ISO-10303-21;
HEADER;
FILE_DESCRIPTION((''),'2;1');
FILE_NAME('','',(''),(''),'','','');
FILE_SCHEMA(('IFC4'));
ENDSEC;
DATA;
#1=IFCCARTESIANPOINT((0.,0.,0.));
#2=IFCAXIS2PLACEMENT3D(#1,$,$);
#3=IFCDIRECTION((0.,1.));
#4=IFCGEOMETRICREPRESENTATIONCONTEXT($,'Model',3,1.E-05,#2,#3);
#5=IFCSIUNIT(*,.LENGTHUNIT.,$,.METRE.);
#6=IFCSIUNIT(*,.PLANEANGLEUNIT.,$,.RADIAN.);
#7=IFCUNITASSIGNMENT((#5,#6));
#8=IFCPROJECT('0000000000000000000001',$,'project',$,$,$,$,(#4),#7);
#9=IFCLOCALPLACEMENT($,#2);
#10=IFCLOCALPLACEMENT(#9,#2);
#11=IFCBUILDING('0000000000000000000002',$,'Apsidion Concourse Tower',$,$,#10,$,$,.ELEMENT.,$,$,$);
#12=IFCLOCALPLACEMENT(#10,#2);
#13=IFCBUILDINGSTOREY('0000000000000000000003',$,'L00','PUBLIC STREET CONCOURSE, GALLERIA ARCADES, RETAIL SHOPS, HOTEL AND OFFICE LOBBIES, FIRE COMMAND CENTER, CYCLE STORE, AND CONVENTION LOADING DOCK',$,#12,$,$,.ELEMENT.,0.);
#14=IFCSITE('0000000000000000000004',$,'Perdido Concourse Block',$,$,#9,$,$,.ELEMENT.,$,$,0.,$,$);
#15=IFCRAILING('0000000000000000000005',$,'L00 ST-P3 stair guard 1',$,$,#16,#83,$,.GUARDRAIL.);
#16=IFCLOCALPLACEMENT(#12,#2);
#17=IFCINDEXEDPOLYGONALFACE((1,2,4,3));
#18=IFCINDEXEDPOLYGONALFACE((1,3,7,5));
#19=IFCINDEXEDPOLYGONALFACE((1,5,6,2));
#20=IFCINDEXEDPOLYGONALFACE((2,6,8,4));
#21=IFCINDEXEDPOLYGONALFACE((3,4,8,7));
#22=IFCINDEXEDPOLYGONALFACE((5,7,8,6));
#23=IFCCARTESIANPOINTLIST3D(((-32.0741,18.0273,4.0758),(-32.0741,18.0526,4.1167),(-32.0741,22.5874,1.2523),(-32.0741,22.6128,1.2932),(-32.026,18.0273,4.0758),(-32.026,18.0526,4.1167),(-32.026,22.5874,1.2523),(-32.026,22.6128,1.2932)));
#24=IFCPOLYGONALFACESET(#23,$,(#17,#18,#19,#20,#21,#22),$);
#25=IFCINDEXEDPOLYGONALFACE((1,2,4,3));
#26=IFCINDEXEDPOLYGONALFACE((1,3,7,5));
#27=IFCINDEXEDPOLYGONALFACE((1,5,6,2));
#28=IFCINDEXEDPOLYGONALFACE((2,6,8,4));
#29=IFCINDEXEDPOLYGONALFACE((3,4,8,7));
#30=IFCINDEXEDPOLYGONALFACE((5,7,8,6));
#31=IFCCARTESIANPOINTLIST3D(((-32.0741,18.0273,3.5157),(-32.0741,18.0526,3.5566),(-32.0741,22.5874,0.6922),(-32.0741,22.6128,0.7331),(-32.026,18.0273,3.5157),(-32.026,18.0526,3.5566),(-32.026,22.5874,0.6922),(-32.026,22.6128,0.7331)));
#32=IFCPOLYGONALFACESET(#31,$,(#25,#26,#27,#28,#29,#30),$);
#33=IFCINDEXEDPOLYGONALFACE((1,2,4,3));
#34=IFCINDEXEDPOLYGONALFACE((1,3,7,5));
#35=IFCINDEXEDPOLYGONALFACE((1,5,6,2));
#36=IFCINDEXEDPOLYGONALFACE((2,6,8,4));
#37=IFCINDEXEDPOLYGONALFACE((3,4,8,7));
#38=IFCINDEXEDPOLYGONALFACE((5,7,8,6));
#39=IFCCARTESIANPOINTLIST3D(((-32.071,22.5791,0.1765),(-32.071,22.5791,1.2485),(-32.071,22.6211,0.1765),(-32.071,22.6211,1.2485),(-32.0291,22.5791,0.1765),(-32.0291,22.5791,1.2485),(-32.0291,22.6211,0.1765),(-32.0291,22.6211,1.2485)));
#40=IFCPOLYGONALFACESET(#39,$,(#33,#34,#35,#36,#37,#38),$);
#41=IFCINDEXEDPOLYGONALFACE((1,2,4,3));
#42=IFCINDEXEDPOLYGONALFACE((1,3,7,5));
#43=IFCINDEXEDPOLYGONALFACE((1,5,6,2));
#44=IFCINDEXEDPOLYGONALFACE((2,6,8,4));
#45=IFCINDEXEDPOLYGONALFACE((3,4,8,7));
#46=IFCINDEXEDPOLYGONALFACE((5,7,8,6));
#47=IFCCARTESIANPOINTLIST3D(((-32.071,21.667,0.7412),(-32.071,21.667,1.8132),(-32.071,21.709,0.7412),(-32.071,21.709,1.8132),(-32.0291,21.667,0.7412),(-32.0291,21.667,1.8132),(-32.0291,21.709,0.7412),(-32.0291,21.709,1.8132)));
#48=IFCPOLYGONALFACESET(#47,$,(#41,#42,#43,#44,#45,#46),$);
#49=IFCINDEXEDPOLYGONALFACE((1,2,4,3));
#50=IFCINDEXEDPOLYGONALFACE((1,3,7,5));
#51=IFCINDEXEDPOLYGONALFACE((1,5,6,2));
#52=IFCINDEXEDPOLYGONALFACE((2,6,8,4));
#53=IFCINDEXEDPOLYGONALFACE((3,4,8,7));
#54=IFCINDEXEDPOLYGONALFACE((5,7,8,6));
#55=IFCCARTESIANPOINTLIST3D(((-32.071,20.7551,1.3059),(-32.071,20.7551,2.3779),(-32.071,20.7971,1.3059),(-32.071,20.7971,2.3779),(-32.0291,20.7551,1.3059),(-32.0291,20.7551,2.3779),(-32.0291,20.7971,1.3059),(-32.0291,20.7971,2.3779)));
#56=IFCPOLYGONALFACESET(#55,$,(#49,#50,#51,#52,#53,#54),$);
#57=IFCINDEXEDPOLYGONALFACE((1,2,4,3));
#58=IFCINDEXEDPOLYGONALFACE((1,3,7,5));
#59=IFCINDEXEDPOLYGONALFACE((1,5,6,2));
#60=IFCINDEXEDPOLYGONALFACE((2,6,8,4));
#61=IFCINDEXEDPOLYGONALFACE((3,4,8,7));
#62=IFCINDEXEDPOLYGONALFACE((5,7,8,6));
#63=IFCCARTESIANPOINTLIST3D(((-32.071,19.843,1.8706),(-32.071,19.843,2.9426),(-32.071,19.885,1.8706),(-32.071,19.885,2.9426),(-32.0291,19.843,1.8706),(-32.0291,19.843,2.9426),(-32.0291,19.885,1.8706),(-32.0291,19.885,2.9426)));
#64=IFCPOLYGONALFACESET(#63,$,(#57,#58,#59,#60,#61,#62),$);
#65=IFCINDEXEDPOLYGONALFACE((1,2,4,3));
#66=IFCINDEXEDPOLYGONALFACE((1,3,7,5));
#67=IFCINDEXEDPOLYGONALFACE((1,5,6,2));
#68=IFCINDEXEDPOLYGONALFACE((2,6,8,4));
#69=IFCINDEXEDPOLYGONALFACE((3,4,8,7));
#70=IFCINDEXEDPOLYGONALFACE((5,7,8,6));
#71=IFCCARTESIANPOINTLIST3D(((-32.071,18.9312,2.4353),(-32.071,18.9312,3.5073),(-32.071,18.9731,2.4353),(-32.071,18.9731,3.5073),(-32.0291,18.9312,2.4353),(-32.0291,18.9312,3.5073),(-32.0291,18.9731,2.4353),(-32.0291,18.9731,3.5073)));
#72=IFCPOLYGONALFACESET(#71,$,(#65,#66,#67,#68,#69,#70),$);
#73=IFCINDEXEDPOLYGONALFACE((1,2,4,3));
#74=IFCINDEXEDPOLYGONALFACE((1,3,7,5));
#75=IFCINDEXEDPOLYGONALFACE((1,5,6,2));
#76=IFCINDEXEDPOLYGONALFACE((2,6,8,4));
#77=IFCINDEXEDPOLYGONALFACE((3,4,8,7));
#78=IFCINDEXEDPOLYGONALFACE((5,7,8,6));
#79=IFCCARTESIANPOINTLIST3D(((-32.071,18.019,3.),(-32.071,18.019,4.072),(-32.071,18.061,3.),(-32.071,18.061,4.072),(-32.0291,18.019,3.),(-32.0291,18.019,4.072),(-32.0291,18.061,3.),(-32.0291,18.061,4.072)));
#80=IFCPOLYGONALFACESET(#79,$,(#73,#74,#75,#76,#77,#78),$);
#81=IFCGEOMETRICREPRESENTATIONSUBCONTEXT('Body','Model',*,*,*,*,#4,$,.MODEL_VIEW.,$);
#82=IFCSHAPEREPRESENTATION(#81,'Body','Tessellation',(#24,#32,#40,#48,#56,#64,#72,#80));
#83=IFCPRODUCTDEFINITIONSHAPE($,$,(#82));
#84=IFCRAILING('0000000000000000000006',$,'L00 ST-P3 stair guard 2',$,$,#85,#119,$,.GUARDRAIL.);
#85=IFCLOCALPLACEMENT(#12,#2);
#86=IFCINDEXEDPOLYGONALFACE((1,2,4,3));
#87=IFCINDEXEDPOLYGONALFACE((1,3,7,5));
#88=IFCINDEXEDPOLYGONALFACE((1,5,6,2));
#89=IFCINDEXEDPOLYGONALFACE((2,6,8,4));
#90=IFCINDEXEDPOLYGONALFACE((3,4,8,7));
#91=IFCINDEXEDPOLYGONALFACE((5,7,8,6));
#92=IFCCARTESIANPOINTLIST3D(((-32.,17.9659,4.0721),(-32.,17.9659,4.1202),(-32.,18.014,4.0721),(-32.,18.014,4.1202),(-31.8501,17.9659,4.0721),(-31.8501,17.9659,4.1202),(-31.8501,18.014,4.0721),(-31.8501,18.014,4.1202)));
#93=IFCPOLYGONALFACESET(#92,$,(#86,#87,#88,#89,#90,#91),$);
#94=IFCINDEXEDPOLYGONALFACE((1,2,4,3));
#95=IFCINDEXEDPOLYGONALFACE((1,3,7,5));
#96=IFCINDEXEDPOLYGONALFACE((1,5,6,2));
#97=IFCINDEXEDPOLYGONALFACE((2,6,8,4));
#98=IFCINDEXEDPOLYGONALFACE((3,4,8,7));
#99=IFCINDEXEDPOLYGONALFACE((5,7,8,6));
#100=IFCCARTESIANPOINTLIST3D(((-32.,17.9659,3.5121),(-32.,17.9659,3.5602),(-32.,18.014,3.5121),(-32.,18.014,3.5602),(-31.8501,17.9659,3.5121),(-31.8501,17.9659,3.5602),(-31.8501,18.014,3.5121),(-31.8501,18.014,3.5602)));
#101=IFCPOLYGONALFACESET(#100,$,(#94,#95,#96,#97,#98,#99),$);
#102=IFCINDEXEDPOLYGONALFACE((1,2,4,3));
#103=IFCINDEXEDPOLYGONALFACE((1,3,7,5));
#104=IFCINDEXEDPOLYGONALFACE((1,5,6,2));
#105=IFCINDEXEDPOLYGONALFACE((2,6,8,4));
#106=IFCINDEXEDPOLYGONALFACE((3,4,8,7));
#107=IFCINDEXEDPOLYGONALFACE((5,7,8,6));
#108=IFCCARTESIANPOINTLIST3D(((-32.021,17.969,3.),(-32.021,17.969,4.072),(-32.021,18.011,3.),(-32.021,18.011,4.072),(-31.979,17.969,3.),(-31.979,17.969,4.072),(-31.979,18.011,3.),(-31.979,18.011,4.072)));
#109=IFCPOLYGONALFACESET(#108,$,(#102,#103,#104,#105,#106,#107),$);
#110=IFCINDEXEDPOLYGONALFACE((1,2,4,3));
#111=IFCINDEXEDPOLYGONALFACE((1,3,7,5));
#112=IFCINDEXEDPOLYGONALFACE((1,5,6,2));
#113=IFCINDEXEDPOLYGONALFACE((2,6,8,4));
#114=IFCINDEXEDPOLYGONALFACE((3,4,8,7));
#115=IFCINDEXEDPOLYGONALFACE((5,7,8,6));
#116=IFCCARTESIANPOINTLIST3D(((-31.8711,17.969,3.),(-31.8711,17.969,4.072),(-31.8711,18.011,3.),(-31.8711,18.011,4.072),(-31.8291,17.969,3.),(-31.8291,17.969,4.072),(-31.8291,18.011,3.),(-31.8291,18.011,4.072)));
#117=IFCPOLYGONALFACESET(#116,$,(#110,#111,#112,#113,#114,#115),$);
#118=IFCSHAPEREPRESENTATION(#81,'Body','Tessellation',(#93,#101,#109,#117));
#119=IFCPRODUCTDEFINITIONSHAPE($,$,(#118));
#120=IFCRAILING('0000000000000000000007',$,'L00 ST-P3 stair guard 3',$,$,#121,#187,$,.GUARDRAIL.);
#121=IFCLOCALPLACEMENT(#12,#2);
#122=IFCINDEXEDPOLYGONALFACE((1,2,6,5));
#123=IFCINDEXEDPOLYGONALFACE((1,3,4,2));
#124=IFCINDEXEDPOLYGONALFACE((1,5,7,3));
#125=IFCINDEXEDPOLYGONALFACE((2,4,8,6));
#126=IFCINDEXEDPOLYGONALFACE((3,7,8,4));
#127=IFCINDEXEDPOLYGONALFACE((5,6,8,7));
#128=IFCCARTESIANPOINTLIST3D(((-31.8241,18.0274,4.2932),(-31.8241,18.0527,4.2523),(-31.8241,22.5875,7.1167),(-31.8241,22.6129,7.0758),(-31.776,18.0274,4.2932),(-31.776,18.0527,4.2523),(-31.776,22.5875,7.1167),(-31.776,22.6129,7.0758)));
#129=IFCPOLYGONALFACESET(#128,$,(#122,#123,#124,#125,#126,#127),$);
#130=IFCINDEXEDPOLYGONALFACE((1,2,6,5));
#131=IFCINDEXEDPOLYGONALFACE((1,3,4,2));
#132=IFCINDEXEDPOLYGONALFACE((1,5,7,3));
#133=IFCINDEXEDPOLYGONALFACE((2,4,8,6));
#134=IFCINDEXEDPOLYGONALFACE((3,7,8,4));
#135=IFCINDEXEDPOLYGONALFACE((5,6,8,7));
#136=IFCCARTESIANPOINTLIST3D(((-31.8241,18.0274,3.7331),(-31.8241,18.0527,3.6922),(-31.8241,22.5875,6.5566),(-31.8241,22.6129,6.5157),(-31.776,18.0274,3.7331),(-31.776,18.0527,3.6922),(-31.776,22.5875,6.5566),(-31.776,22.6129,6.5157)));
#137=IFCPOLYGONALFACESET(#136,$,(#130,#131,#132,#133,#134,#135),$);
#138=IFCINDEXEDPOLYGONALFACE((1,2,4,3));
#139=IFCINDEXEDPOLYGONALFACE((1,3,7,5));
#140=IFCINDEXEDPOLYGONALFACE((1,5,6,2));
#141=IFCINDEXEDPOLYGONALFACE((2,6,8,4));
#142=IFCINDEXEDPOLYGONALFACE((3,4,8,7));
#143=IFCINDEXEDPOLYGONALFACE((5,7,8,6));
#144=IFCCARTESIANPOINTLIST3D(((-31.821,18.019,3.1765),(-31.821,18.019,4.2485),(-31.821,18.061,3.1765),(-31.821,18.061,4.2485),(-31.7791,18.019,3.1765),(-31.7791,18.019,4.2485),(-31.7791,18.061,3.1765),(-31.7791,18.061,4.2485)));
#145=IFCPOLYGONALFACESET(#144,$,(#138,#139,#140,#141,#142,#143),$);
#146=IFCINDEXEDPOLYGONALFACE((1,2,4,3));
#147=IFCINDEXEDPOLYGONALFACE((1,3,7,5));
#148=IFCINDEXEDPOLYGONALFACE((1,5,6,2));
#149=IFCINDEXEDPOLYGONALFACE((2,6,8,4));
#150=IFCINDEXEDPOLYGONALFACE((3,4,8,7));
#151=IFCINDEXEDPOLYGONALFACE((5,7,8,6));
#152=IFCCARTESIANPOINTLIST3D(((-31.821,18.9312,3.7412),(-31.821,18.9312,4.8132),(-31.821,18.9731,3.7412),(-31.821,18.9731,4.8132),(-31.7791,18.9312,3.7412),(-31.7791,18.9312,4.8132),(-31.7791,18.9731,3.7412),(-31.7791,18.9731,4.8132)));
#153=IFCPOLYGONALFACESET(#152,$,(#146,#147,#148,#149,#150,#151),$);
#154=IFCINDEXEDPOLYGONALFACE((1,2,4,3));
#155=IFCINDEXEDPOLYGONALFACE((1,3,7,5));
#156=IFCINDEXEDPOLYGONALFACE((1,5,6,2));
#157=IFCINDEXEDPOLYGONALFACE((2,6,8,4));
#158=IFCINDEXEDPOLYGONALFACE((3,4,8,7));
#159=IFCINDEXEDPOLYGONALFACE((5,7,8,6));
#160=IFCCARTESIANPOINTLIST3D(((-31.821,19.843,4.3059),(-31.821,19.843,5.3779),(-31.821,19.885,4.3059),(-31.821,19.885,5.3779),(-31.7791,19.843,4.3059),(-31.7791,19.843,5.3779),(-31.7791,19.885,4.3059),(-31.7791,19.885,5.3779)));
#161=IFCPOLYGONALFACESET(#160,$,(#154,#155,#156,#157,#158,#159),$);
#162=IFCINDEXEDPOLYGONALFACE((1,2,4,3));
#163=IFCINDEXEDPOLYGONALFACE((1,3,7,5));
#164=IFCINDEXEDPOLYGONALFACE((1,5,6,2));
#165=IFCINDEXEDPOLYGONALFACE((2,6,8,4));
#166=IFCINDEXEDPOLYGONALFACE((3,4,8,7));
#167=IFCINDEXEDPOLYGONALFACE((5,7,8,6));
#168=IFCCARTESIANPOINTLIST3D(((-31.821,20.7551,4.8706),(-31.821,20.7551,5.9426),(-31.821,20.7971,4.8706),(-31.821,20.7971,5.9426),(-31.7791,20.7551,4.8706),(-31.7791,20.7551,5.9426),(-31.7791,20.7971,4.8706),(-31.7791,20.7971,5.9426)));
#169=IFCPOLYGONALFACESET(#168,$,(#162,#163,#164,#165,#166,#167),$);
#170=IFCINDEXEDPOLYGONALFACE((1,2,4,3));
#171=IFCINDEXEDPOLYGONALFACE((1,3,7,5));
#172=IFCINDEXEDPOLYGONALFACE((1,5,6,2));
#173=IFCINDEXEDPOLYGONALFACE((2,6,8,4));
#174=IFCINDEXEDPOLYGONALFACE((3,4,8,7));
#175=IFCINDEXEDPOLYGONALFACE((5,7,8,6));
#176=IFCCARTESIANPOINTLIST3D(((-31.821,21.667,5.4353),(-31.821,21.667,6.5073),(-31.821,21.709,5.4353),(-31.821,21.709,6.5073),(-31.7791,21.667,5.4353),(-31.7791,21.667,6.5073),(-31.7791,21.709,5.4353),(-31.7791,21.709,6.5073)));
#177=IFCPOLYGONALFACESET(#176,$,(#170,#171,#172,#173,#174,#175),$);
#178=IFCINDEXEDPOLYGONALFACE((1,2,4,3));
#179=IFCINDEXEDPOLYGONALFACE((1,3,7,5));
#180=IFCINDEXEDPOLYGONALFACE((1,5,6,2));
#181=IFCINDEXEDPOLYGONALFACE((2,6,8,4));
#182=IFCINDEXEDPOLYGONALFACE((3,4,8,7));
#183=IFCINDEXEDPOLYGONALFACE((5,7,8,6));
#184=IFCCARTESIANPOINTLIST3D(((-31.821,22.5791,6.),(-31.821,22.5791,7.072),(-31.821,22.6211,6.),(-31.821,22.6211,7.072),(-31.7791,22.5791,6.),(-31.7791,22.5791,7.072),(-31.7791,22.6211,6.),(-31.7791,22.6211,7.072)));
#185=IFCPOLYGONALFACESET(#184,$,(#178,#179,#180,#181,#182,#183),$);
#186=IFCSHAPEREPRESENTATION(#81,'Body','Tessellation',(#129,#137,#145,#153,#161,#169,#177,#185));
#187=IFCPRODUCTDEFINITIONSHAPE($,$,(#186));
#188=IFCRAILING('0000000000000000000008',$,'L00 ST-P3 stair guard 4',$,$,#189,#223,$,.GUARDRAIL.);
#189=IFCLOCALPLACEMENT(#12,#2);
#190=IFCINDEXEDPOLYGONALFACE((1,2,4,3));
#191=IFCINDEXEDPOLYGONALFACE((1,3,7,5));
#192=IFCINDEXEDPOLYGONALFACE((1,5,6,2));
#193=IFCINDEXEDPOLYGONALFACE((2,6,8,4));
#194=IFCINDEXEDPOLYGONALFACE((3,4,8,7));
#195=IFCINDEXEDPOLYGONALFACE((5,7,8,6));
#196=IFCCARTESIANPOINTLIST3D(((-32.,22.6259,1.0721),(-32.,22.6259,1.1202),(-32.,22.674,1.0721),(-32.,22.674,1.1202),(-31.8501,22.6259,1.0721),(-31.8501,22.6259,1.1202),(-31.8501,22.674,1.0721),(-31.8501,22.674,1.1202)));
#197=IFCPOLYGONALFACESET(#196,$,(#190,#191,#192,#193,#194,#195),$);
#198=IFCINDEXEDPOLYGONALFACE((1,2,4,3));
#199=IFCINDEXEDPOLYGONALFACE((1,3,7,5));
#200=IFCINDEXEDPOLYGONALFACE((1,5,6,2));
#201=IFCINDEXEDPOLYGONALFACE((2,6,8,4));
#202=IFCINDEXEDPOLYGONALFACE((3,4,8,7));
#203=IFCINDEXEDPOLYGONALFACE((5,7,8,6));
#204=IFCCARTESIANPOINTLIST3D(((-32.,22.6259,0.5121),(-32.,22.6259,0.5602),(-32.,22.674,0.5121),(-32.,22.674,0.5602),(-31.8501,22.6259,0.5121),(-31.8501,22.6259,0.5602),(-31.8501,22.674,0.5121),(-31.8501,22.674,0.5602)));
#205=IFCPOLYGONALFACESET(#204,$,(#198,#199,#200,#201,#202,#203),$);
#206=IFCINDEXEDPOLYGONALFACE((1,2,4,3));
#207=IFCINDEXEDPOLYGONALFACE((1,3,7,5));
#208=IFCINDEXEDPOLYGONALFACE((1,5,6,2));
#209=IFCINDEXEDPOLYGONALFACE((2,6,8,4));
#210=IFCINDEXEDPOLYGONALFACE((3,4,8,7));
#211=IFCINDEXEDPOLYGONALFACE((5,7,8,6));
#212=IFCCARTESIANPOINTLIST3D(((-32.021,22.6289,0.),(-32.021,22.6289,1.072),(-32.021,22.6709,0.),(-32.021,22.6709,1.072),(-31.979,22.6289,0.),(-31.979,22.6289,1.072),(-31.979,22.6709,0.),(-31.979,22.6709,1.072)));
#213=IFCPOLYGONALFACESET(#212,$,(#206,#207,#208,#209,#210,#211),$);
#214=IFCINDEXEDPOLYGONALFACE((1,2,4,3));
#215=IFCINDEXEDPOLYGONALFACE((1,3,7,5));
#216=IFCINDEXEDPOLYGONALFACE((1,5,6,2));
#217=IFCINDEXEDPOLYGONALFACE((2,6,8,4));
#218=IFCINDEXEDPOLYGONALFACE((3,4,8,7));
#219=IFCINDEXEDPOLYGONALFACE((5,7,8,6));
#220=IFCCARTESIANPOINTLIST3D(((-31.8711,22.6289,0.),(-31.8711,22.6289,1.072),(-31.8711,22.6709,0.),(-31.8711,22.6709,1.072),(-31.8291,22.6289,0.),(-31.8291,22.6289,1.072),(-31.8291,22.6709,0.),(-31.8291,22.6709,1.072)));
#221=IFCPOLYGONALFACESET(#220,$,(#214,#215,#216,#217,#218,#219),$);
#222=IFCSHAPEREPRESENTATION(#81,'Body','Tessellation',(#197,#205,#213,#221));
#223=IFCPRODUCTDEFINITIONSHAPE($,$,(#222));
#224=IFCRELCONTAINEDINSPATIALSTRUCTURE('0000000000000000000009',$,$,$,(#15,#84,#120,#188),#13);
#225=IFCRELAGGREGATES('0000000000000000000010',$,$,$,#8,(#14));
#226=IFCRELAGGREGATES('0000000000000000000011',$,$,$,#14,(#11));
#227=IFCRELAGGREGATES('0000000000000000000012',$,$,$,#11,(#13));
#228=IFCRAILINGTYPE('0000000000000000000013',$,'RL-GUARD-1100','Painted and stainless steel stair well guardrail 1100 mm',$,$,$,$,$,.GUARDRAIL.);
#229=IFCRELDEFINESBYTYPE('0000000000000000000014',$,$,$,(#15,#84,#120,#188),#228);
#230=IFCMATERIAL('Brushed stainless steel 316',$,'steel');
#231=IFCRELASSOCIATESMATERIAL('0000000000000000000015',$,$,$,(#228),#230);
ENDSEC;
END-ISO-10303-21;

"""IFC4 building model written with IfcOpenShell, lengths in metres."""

from ifc_helpers import new_model, si_unit, direction, frame, origin, origin_2d, place, context, subcontext, project, spatial, rectangle, extrude, material, type_object, element, save


model = new_model("IFC4")

# Units and contexts
model_context = context("Model", 3, precision=1e-05, world=origin(), true_north=direction((0.0, 1.0)))
body_context = subcontext(model_context, "Body", "Model", "MODEL_VIEW")
ifc_project = project(units=[si_unit("LENGTHUNIT", "METRE"), si_unit("PLANEANGLEUNIT", "RADIAN")], contexts=[model_context])

# Site, building, storey
site_placement = place(None, origin())
site = spatial("IfcSite", under=ifc_project, at=site_placement, Name="Perdido Concourse Block", CompositionType="ELEMENT", RefElevation=0.0)
building_placement = place(site_placement, origin())
building = spatial("IfcBuilding", under=site, at=building_placement, Name="Apsidion Concourse Tower", CompositionType="ELEMENT")
storey_placement = place(building_placement, origin())
storey = spatial("IfcBuildingStorey", under=building, at=storey_placement, Name="L00", Description="PUBLIC STREET CONCOURSE, GALLERIA ARCADES, RETAIL SHOPS, HOTEL AND OFFICE LOBBIES, FIRE COMMAND CENTER, CYCLE STORE, AND CONVENTION LOADING DOCK", CompositionType="ELEMENT", Elevation=0.0)

# Shared definitions
ifc_material_1 = material(Name="Brushed stainless steel 316", Category="steel")

# Railings
railing_type_1 = type_object("IfcRailingType", Name="RL-GUARD-1100", Description="Painted and stainless steel stair well guardrail 1100 mm", PredefinedType="GUARDRAIL", material=ifc_material_1)
railing_1_placement = place(storey_placement, frame((-32.05, 22.6001, 0.1765)))
element("IfcRailing", 1, at=railing_1_placement, inside=storey, type_object=railing_type_1, Name="L00 ST-P3 stair guard 1", PredefinedType="GUARDRAIL", context=body_context, shape_type="SweptSolid", body=[
    extrude(rectangle(XDim=0.0481, YDim=0.0481, at=origin_2d()), frame((0.0, 0.0, 1.0962), z_axis=(0.0, -0.850216, 0.526435), x_axis=(1.0, 0.0, 0.0)), (0.0, 0.0, 1.0), 5.3635),
    extrude(rectangle(XDim=0.0481, YDim=0.0481, at=origin_2d()), frame((0.0, 0.0, 0.5361), z_axis=(0.0, -0.850216, 0.526435), x_axis=(1.0, 0.0, 0.0)), (0.0, 0.0, 1.0), 5.3635),
    extrude(rectangle(XDim=0.042, YDim=0.042, at=origin_2d()), origin(), (0.0, 0.0, 1.0), 1.072),
    extrude(rectangle(XDim=0.042, YDim=0.042, at=origin_2d()), frame((0.0, -0.9121, 0.5647)), (0.0, 0.0, 1.0), 1.072),
    extrude(rectangle(XDim=0.042, YDim=0.042, at=origin_2d()), frame((0.0, -1.824, 1.1294)), (0.0, 0.0, 1.0), 1.072),
    extrude(rectangle(XDim=0.042, YDim=0.042, at=origin_2d()), frame((0.0, -2.7361, 1.6941)), (0.0, 0.0, 1.0), 1.072),
    extrude(rectangle(XDim=0.042, YDim=0.042, at=origin_2d()), frame((0.0, -3.6479, 2.2588)), (0.0, 0.0, 1.0), 1.072),
    extrude(rectangle(XDim=0.042, YDim=0.042, at=origin_2d()), frame((0.0, -4.5601, 2.8235)), (0.0, 0.0, 1.0), 1.072),
])
railing_2_placement = place(storey_placement, frame((-32.0, 17.99, 3.0)))
element("IfcRailing", 2, at=railing_2_placement, inside=storey, type_object=railing_type_1, Name="L00 ST-P3 stair guard 2", PredefinedType="GUARDRAIL", context=body_context, shape_type="SweptSolid", body=[
    extrude(rectangle(XDim=0.0481, YDim=0.0481, at=origin_2d()), frame((0.0, 0.0, 1.0962), z_axis=(1.0, 0.0, 0.0), x_axis=(0.0, 1.0, 0.0)), (0.0, 0.0, 1.0), 0.1499),
    extrude(rectangle(XDim=0.0481, YDim=0.0481, at=origin_2d()), frame((0.0, 0.0, 0.5361), z_axis=(1.0, 0.0, 0.0), x_axis=(0.0, 1.0, 0.0)), (0.0, 0.0, 1.0), 0.1499),
    extrude(rectangle(XDim=0.042, YDim=0.042, at=origin_2d()), origin(), (0.0, 0.0, 1.0), 1.072),
    extrude(rectangle(XDim=0.042, YDim=0.042, at=origin_2d()), frame((0.1499, 0.0, 0.0)), (0.0, 0.0, 1.0), 1.072),
])
railing_3_placement = place(storey_placement, frame((-31.8, 18.04, 3.1765)))
element("IfcRailing", 3, at=railing_3_placement, inside=storey, type_object=railing_type_1, Name="L00 ST-P3 stair guard 3", PredefinedType="GUARDRAIL", context=body_context, shape_type="SweptSolid", body=[
    extrude(rectangle(XDim=0.0481, YDim=0.0481, at=origin_2d()), frame((0.0, 0.0, 1.0962), z_axis=(0.0, 0.850216, 0.526435), x_axis=(-1.0, 0.0, 0.0)), (0.0, 0.0, 1.0), 5.3635),
    extrude(rectangle(XDim=0.0481, YDim=0.0481, at=origin_2d()), frame((0.0, 0.0, 0.5361), z_axis=(0.0, 0.850216, 0.526435), x_axis=(-1.0, 0.0, 0.0)), (0.0, 0.0, 1.0), 5.3635),
    extrude(rectangle(XDim=0.042, YDim=0.042, at=origin_2d()), origin(), (0.0, 0.0, 1.0), 1.072),
    extrude(rectangle(XDim=0.042, YDim=0.042, at=origin_2d()), frame((0.0, 0.9121, 0.5647)), (0.0, 0.0, 1.0), 1.072),
    extrude(rectangle(XDim=0.042, YDim=0.042, at=origin_2d()), frame((0.0, 1.824, 1.1294)), (0.0, 0.0, 1.0), 1.072),
    extrude(rectangle(XDim=0.042, YDim=0.042, at=origin_2d()), frame((0.0, 2.7361, 1.6941)), (0.0, 0.0, 1.0), 1.072),
    extrude(rectangle(XDim=0.042, YDim=0.042, at=origin_2d()), frame((0.0, 3.6479, 2.2588)), (0.0, 0.0, 1.0), 1.072),
    extrude(rectangle(XDim=0.042, YDim=0.042, at=origin_2d()), frame((0.0, 4.5601, 2.8235)), (0.0, 0.0, 1.0), 1.072),
])
railing_4_placement = place(storey_placement, frame((-32.0, 22.6499, 0.0)))
element("IfcRailing", 4, at=railing_4_placement, inside=storey, type_object=railing_type_1, Name="L00 ST-P3 stair guard 4", PredefinedType="GUARDRAIL", context=body_context, shape_type="SweptSolid", body=[
    extrude(rectangle(XDim=0.0481, YDim=0.0481, at=origin_2d()), frame((0.0, 0.0, 1.0962), z_axis=(1.0, 0.0, 0.0), x_axis=(0.0, 1.0, 0.0)), (0.0, 0.0, 1.0), 0.1499),
    extrude(rectangle(XDim=0.0481, YDim=0.0481, at=origin_2d()), frame((0.0, 0.0, 0.5361), z_axis=(1.0, 0.0, 0.0), x_axis=(0.0, 1.0, 0.0)), (0.0, 0.0, 1.0), 0.1499),
    extrude(rectangle(XDim=0.042, YDim=0.042, at=origin_2d()), origin(), (0.0, 0.0, 1.0), 1.072),
    extrude(rectangle(XDim=0.042, YDim=0.042, at=origin_2d()), frame((0.1499, 0.0, 0.0)), (0.0, 0.0, 1.0), 1.072),
])

save(model, "model.ifc")
